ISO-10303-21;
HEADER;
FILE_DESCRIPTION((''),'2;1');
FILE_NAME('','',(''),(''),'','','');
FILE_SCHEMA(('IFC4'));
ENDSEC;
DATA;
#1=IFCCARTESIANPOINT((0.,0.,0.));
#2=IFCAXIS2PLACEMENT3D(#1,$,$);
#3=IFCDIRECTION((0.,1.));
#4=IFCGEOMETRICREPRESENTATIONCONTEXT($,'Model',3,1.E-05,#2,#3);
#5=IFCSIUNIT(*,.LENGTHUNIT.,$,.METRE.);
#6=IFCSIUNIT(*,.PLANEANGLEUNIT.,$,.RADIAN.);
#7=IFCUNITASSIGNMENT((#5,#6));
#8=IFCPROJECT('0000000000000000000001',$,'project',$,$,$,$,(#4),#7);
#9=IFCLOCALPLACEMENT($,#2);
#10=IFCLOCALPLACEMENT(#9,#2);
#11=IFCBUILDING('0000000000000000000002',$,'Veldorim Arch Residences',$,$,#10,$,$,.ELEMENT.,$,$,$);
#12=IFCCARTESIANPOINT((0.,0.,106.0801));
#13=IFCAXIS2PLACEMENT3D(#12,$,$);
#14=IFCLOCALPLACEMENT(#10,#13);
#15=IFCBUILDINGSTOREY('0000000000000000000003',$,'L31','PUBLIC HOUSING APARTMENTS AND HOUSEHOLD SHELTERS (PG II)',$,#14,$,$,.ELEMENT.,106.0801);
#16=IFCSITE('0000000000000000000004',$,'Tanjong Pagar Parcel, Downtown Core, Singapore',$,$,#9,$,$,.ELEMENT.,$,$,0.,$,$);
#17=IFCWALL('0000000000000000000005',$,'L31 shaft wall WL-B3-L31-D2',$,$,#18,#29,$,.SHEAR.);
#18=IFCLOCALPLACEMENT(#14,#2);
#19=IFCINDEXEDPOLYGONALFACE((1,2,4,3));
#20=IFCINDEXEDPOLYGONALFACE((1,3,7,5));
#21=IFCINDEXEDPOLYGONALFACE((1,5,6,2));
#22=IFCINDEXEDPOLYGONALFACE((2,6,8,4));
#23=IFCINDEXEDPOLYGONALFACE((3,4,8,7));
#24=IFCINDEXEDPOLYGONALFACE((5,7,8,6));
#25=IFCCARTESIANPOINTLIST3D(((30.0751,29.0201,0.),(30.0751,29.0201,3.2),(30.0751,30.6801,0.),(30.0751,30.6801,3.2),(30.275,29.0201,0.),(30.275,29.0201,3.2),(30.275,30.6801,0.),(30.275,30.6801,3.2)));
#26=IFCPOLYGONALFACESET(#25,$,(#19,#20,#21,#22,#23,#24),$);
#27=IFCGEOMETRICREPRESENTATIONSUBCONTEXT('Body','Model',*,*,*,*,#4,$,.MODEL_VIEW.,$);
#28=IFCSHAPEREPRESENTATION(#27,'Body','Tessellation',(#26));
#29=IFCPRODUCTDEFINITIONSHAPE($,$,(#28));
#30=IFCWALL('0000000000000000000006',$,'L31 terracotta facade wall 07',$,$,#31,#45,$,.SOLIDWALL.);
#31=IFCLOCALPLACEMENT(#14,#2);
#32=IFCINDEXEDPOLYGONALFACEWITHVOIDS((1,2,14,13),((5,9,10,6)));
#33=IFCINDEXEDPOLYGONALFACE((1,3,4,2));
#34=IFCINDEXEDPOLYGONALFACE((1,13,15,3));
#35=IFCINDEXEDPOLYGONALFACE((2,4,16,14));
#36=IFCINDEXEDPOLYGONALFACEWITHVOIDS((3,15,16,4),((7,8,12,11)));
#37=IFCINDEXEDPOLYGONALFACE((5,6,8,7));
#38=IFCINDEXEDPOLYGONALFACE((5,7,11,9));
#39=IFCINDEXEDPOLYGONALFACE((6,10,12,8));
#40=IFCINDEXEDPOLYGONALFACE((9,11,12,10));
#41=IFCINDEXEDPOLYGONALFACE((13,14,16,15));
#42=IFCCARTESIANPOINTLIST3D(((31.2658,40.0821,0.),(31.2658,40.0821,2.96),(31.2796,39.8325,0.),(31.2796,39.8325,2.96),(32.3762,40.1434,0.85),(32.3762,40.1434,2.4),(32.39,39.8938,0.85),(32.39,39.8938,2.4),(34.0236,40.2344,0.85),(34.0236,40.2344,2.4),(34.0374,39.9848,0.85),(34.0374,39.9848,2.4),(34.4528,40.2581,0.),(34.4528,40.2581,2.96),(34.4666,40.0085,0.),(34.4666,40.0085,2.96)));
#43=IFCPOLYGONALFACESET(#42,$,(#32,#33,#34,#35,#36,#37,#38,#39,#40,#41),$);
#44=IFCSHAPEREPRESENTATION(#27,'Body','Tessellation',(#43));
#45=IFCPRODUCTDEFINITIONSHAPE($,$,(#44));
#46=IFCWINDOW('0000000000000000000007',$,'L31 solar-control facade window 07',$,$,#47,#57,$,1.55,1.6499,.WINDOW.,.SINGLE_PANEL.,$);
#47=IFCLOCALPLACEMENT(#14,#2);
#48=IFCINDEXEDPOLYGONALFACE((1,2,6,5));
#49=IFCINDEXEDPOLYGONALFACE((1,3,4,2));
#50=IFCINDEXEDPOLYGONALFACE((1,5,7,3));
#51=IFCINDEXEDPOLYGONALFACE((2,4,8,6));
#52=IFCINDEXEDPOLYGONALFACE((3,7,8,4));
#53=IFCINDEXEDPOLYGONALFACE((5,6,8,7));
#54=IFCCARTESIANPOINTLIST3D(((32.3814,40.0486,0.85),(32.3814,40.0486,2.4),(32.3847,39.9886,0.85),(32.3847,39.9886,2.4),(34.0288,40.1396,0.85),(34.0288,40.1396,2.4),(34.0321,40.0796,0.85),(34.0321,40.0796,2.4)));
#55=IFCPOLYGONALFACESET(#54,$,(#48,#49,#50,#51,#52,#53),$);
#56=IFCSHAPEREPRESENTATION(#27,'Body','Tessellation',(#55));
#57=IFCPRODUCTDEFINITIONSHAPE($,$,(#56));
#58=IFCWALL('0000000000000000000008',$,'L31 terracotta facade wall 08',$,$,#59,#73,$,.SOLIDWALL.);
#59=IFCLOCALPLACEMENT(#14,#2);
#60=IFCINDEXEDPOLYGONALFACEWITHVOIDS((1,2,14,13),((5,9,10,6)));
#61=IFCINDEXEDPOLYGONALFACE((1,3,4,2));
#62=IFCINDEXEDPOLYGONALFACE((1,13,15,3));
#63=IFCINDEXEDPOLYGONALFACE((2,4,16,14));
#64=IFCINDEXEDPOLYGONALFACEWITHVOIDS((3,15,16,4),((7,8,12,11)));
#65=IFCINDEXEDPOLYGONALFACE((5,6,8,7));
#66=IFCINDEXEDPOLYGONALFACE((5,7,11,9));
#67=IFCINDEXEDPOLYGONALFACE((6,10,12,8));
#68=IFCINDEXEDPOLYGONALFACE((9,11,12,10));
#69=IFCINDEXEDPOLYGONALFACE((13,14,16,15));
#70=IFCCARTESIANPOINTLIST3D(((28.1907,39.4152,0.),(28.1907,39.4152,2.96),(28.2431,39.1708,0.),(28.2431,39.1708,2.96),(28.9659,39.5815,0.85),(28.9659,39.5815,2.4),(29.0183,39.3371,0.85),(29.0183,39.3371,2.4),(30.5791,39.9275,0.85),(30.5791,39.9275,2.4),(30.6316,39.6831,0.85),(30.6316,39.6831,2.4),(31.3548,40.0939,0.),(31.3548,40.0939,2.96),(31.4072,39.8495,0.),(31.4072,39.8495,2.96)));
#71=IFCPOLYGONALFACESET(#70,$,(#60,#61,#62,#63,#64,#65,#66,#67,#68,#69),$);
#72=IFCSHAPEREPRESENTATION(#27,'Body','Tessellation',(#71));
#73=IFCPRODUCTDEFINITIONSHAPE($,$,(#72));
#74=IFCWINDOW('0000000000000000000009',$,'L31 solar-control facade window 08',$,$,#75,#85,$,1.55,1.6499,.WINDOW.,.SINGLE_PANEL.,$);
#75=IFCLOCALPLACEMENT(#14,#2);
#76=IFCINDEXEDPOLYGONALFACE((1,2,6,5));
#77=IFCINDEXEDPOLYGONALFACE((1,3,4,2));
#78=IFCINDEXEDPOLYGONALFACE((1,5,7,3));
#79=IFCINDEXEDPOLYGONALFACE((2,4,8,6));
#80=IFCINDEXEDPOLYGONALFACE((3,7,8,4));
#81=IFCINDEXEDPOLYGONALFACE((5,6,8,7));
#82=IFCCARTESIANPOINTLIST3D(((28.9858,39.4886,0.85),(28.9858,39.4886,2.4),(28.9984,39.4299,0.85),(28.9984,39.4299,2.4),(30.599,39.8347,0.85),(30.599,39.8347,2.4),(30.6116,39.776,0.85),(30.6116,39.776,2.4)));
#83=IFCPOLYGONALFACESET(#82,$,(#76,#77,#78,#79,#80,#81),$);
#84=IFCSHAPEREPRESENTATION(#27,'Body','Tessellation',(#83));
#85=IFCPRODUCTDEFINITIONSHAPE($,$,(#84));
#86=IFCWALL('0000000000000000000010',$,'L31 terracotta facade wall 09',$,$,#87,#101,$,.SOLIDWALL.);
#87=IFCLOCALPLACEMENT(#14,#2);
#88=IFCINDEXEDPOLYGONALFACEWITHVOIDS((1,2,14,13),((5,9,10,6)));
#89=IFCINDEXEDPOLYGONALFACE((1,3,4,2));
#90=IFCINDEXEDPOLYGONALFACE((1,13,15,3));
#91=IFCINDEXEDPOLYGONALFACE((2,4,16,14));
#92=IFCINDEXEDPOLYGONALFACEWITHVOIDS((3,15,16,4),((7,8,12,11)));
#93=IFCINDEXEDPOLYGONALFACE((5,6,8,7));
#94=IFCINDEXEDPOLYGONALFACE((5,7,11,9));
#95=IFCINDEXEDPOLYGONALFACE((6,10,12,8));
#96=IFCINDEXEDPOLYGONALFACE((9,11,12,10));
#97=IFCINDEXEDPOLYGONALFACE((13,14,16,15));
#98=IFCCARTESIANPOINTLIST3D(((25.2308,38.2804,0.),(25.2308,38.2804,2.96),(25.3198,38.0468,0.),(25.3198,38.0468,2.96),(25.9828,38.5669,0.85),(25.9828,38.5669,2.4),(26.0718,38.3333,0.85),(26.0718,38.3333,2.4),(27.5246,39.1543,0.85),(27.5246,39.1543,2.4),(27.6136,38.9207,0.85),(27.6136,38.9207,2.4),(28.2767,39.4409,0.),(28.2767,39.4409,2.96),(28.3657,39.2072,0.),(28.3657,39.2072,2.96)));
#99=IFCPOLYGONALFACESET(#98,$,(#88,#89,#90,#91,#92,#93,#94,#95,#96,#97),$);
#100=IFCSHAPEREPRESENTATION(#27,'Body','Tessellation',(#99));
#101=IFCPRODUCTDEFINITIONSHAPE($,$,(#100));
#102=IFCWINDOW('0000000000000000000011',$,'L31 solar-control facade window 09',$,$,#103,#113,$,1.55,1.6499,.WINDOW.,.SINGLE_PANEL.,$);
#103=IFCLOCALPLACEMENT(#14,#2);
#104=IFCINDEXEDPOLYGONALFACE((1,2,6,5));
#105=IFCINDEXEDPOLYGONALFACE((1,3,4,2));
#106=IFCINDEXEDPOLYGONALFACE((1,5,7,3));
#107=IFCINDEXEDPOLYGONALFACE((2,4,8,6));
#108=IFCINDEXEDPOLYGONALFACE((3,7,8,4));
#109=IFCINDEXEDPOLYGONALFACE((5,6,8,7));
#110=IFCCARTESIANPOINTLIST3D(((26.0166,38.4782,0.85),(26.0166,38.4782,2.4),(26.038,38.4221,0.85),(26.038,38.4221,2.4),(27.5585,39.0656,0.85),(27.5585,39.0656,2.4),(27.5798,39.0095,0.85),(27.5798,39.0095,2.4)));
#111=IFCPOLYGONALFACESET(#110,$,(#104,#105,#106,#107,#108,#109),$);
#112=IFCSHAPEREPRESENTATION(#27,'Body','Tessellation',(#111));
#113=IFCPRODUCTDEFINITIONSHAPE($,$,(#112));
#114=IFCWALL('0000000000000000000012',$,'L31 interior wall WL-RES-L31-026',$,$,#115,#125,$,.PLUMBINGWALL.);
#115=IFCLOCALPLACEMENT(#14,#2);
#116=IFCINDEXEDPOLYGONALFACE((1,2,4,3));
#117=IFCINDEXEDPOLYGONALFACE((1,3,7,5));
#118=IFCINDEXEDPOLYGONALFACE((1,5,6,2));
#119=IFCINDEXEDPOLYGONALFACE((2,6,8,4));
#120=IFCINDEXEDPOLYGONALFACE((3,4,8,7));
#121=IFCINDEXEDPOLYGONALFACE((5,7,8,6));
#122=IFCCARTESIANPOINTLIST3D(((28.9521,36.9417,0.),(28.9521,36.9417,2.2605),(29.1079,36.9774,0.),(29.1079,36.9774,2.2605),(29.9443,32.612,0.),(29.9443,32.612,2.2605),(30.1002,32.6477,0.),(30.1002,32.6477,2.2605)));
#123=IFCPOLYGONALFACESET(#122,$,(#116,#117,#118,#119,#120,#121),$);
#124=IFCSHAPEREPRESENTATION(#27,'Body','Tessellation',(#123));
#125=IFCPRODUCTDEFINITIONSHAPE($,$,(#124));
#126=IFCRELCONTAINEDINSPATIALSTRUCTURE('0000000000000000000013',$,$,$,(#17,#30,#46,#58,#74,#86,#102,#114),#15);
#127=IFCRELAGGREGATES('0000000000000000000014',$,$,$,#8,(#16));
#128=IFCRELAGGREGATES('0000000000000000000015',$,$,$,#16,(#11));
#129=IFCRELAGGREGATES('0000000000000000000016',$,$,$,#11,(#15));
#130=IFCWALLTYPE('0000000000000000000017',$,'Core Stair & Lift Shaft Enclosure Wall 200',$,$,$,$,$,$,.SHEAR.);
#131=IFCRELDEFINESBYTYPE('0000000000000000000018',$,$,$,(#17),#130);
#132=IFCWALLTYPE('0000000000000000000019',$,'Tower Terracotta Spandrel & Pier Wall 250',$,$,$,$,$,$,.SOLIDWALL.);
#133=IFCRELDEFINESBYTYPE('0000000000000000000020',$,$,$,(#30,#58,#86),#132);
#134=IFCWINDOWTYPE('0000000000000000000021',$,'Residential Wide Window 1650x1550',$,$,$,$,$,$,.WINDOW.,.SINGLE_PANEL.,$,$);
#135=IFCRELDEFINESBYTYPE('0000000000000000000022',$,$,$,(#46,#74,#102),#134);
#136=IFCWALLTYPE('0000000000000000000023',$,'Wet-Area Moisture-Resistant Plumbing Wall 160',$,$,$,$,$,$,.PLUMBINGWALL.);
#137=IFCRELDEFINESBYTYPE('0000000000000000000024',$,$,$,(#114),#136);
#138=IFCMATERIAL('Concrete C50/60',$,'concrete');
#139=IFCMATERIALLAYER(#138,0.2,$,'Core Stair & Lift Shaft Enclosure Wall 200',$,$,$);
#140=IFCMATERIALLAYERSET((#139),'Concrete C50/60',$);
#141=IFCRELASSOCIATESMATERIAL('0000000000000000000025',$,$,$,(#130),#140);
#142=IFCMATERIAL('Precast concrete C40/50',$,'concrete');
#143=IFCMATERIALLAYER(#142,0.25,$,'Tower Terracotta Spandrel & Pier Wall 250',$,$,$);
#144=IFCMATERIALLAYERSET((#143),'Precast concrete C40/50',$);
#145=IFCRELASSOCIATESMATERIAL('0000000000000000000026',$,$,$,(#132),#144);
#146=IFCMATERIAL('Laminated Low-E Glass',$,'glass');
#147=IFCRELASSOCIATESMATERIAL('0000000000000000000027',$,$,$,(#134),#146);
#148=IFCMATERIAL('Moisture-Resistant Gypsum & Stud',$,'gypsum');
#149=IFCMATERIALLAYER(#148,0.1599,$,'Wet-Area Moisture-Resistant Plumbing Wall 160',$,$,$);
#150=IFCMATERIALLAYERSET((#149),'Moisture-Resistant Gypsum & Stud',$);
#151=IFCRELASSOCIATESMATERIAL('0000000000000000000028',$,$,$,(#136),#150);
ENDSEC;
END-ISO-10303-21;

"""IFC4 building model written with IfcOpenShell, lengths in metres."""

from ifc_helpers import new_model, si_unit, direction, frame, frame_2d, origin, place, context, subcontext, project, spatial, rectangle, extrude, material, layer, layer_set, type_object, element, fill, save


model = new_model("IFC4")

# Units and contexts
model_context = context("Model", 3, precision=1e-05, world=origin(), true_north=direction((0.0, 1.0)))
body_context = subcontext(model_context, "Body", "Model", "MODEL_VIEW")
ifc_project = project(units=[si_unit("LENGTHUNIT", "METRE"), si_unit("PLANEANGLEUNIT", "RADIAN")], contexts=[model_context])

# Site, building, storey
site_placement = place(None, origin())
site = spatial("IfcSite", under=ifc_project, at=site_placement, Name="Tanjong Pagar Parcel, Downtown Core, Singapore", CompositionType="ELEMENT", RefElevation=0.0)
building_placement = place(site_placement, origin())
building = spatial("IfcBuilding", under=site, at=building_placement, Name="Veldorim Arch Residences", CompositionType="ELEMENT")
storey_placement = place(building_placement, frame((0.0, 0.0, 106.0801)))
storey = spatial("IfcBuildingStorey", under=building, at=storey_placement, Name="L31", Description="PUBLIC HOUSING APARTMENTS AND HOUSEHOLD SHELTERS (PG II)", CompositionType="ELEMENT", Elevation=106.0801)

# Wall
ifc_material_1 = material(Name="Concrete C50/60", Category="concrete")
ifc_layer_1 = layer(ifc_material_1, 0.2, Name="Core Stair & Lift Shaft Enclosure Wall 200")
ifc_layer_set_1 = layer_set([ifc_layer_1], Name="Concrete C50/60")
wall_type_1 = type_object("IfcWallType", Name="Core Stair & Lift Shaft Enclosure Wall 200", PredefinedType="SHEAR", material=ifc_layer_set_1)
for number, where, z_axis, x_axis, name in (
    (1, (30.175, 29.02, 0.0), (0.0, 0.0, 1.0), (0.0, 1.0, 0.0), "L31 shaft wall WL-B3-L31-D2"),
):
    element("IfcWall", number, at=place(storey_placement, frame(where, z_axis=z_axis, x_axis=x_axis)), inside=storey, type_object=wall_type_1, Name=name, PredefinedType="SHEAR", context=body_context, shape_type="SweptSolid", body=[
        extrude(rectangle(XDim=1.6599, YDim=0.2, at=frame_2d((0.8301, 0.0))), origin(), (0.0, 0.0, 1.0), 3.2),
    ])

# Walls, openings, windows
ifc_material_2 = material(Name="Precast concrete C40/50", Category="concrete")
ifc_layer_2 = layer(ifc_material_2, 0.25, Name="Tower Terracotta Spandrel & Pier Wall 250")
ifc_layer_set_2 = layer_set([ifc_layer_2], Name="Precast concrete C40/50")
wall_type_2 = type_object("IfcWallType", Name="Tower Terracotta Spandrel & Pier Wall 250", PredefinedType="SOLIDWALL", material=ifc_layer_set_2)
wall_1_placement = place(storey_placement, frame((31.2727, 39.9573, 0.0), z_axis=(0.0, 0.0, 1.0), x_axis=(0.998478, 0.055148, 0.0)))
wall_1 = element("IfcWall", 2, at=wall_1_placement, inside=storey, type_object=wall_type_2, Name="L31 terracotta facade wall 07", PredefinedType="SOLIDWALL", context=body_context, shape_type="SweptSolid", body=[
    extrude(rectangle(XDim=3.1919, YDim=0.25, at=frame_2d((1.5959, 0.0))), origin(), (0.0, 0.0, 1.0), 2.96),
])
opening_1_placement = place(wall_1_placement, frame((1.1121, 0.0, 0.8501)))
opening_1 = element("IfcOpeningElement", 3, at=opening_1_placement, cuts=wall_1, PredefinedType="OPENING", context=body_context, shape_type="SweptSolid", body=[
    extrude(rectangle(XDim=1.6499, YDim=1.55, at=frame_2d((0.825, 0.7749))), frame((0.0, 0.135, 0.0), z_axis=(0.0, -1.0, 0.0), x_axis=(1.0, 0.0, 0.0)), (0.0, 0.0, 1.0), 0.27),
])
ifc_material_3 = material(Name="Laminated Low-E Glass", Category="glass")
window_type = type_object("IfcWindowType", Name="Residential Wide Window 1650x1550", PartitioningType="SINGLE_PANEL", PredefinedType="WINDOW", material=ifc_material_3)
window_1_placement = place(opening_1_placement, origin())
window_1 = element("IfcWindow", 4, at=window_1_placement, inside=storey, type_object=window_type, Name="L31 solar-control facade window 07", OverallHeight=1.55, OverallWidth=1.6499, PartitioningType="SINGLE_PANEL", PredefinedType="WINDOW", context=body_context, shape_type="SweptSolid", body=[
    extrude(rectangle(XDim=1.6499, YDim=1.55, at=frame_2d((0.825, 0.7749))), frame((0.0, 0.03, 0.0), z_axis=(0.0, -1.0, 0.0), x_axis=(1.0, 0.0, 0.0)), (0.0, 0.0, 1.0), 0.0601),
])
fill(opening_1, window_1)
wall_2_placement = place(storey_placement, frame((28.2168, 39.293, 0.0), z_axis=(0.0, 0.0, 1.0), x_axis=(0.977758, 0.209735, 0.0)))
wall_2 = element("IfcWall", 5, at=wall_2_placement, inside=storey, type_object=wall_type_2, Name="L31 terracotta facade wall 08", PredefinedType="SOLIDWALL", context=body_context, shape_type="SweptSolid", body=[
    extrude(rectangle(XDim=3.2361, YDim=0.25, at=frame_2d((1.6182, 0.0))), origin(), (0.0, 0.0, 1.0), 2.96),
])
opening_2_placement = place(wall_2_placement, frame((0.793, 0.0, 0.8501)))
opening_2 = element("IfcOpeningElement", 6, at=opening_2_placement, cuts=wall_2, PredefinedType="OPENING", context=body_context, shape_type="SweptSolid", body=[
    extrude(rectangle(XDim=1.6499, YDim=1.55, at=frame_2d((0.825, 0.7749))), frame((0.0, 0.135, 0.0), z_axis=(0.0, -1.0, 0.0), x_axis=(1.0, 0.0, 0.0)), (0.0, 0.0, 1.0), 0.27),
])
window_2_placement = place(opening_2_placement, origin())
window_2 = element("IfcWindow", 7, at=window_2_placement, inside=storey, type_object=window_type, Name="L31 solar-control facade window 08", OverallHeight=1.55, OverallWidth=1.6499, PartitioningType="SINGLE_PANEL", PredefinedType="WINDOW", context=body_context, shape_type="SweptSolid", body=[
    extrude(rectangle(XDim=1.6499, YDim=1.55, at=frame_2d((0.825, 0.7749))), frame((0.0, 0.03, 0.0), z_axis=(0.0, -1.0, 0.0), x_axis=(1.0, 0.0, 0.0)), (0.0, 0.0, 1.0), 0.0601),
])
fill(opening_2, window_2)
wall_3_placement = place(storey_placement, frame((25.2751, 38.1636, 0.0), z_axis=(0.0, 0.0, 1.0), x_axis=(0.934482, 0.356011, 0.0)))
wall_3 = element("IfcWall", 8, at=wall_3_placement, inside=storey, type_object=wall_type_2, Name="L31 terracotta facade wall 09", PredefinedType="SOLIDWALL", context=body_context, shape_type="SweptSolid", body=[
    extrude(rectangle(XDim=3.2595, YDim=0.25, at=frame_2d((1.6299, 0.0))), origin(), (0.0, 0.0, 1.0), 2.96),
])
opening_3_placement = place(wall_3_placement, frame((0.8049, 0.0, 0.8501)))
opening_3 = element("IfcOpeningElement", 9, at=opening_3_placement, cuts=wall_3, PredefinedType="OPENING", context=body_context, shape_type="SweptSolid", body=[
    extrude(rectangle(XDim=1.6499, YDim=1.55, at=frame_2d((0.825, 0.7749))), frame((0.0, 0.135, 0.0), z_axis=(0.0, -1.0, 0.0), x_axis=(1.0, 0.0, 0.0)), (0.0, 0.0, 1.0), 0.27),
])
window_3_placement = place(opening_3_placement, origin())
window_3 = element("IfcWindow", 10, at=window_3_placement, inside=storey, type_object=window_type, Name="L31 solar-control facade window 09", OverallHeight=1.55, OverallWidth=1.6499, PartitioningType="SINGLE_PANEL", PredefinedType="WINDOW", context=body_context, shape_type="SweptSolid", body=[
    extrude(rectangle(XDim=1.6499, YDim=1.55, at=frame_2d((0.825, 0.7749))), frame((0.0, 0.03, 0.0), z_axis=(0.0, -1.0, 0.0), x_axis=(1.0, 0.0, 0.0)), (0.0, 0.0, 1.0), 0.0601),
])
fill(opening_3, window_3)

# Wall
ifc_material_4 = material(Name="Moisture-Resistant Gypsum & Stud", Category="gypsum")
ifc_layer_3 = layer(ifc_material_4, 0.1599, Name="Wet-Area Moisture-Resistant Plumbing Wall 160")
ifc_layer_set_3 = layer_set([ifc_layer_3], Name="Moisture-Resistant Gypsum & Stud")
wall_type_3 = type_object("IfcWallType", Name="Wet-Area Moisture-Resistant Plumbing Wall 160", PredefinedType="PLUMBINGWALL", material=ifc_layer_set_3)
wall_4_placement = place(storey_placement, frame((30.0222, 32.6299, 0.0), z_axis=(0.0, 0.0, 1.0), x_axis=(-0.223374, 0.974733, 0.0)))
element("IfcWall", 11, at=wall_4_placement, inside=storey, type_object=wall_type_3, Name="L31 interior wall WL-RES-L31-026", PredefinedType="PLUMBINGWALL", context=body_context, shape_type="SweptSolid", body=[
    extrude(rectangle(XDim=4.4419, YDim=0.1599, at=frame_2d((2.2209, 0.0))), origin(), (0.0, 0.0, 1.0), 2.2605),
])

save(model, "model.ifc")
